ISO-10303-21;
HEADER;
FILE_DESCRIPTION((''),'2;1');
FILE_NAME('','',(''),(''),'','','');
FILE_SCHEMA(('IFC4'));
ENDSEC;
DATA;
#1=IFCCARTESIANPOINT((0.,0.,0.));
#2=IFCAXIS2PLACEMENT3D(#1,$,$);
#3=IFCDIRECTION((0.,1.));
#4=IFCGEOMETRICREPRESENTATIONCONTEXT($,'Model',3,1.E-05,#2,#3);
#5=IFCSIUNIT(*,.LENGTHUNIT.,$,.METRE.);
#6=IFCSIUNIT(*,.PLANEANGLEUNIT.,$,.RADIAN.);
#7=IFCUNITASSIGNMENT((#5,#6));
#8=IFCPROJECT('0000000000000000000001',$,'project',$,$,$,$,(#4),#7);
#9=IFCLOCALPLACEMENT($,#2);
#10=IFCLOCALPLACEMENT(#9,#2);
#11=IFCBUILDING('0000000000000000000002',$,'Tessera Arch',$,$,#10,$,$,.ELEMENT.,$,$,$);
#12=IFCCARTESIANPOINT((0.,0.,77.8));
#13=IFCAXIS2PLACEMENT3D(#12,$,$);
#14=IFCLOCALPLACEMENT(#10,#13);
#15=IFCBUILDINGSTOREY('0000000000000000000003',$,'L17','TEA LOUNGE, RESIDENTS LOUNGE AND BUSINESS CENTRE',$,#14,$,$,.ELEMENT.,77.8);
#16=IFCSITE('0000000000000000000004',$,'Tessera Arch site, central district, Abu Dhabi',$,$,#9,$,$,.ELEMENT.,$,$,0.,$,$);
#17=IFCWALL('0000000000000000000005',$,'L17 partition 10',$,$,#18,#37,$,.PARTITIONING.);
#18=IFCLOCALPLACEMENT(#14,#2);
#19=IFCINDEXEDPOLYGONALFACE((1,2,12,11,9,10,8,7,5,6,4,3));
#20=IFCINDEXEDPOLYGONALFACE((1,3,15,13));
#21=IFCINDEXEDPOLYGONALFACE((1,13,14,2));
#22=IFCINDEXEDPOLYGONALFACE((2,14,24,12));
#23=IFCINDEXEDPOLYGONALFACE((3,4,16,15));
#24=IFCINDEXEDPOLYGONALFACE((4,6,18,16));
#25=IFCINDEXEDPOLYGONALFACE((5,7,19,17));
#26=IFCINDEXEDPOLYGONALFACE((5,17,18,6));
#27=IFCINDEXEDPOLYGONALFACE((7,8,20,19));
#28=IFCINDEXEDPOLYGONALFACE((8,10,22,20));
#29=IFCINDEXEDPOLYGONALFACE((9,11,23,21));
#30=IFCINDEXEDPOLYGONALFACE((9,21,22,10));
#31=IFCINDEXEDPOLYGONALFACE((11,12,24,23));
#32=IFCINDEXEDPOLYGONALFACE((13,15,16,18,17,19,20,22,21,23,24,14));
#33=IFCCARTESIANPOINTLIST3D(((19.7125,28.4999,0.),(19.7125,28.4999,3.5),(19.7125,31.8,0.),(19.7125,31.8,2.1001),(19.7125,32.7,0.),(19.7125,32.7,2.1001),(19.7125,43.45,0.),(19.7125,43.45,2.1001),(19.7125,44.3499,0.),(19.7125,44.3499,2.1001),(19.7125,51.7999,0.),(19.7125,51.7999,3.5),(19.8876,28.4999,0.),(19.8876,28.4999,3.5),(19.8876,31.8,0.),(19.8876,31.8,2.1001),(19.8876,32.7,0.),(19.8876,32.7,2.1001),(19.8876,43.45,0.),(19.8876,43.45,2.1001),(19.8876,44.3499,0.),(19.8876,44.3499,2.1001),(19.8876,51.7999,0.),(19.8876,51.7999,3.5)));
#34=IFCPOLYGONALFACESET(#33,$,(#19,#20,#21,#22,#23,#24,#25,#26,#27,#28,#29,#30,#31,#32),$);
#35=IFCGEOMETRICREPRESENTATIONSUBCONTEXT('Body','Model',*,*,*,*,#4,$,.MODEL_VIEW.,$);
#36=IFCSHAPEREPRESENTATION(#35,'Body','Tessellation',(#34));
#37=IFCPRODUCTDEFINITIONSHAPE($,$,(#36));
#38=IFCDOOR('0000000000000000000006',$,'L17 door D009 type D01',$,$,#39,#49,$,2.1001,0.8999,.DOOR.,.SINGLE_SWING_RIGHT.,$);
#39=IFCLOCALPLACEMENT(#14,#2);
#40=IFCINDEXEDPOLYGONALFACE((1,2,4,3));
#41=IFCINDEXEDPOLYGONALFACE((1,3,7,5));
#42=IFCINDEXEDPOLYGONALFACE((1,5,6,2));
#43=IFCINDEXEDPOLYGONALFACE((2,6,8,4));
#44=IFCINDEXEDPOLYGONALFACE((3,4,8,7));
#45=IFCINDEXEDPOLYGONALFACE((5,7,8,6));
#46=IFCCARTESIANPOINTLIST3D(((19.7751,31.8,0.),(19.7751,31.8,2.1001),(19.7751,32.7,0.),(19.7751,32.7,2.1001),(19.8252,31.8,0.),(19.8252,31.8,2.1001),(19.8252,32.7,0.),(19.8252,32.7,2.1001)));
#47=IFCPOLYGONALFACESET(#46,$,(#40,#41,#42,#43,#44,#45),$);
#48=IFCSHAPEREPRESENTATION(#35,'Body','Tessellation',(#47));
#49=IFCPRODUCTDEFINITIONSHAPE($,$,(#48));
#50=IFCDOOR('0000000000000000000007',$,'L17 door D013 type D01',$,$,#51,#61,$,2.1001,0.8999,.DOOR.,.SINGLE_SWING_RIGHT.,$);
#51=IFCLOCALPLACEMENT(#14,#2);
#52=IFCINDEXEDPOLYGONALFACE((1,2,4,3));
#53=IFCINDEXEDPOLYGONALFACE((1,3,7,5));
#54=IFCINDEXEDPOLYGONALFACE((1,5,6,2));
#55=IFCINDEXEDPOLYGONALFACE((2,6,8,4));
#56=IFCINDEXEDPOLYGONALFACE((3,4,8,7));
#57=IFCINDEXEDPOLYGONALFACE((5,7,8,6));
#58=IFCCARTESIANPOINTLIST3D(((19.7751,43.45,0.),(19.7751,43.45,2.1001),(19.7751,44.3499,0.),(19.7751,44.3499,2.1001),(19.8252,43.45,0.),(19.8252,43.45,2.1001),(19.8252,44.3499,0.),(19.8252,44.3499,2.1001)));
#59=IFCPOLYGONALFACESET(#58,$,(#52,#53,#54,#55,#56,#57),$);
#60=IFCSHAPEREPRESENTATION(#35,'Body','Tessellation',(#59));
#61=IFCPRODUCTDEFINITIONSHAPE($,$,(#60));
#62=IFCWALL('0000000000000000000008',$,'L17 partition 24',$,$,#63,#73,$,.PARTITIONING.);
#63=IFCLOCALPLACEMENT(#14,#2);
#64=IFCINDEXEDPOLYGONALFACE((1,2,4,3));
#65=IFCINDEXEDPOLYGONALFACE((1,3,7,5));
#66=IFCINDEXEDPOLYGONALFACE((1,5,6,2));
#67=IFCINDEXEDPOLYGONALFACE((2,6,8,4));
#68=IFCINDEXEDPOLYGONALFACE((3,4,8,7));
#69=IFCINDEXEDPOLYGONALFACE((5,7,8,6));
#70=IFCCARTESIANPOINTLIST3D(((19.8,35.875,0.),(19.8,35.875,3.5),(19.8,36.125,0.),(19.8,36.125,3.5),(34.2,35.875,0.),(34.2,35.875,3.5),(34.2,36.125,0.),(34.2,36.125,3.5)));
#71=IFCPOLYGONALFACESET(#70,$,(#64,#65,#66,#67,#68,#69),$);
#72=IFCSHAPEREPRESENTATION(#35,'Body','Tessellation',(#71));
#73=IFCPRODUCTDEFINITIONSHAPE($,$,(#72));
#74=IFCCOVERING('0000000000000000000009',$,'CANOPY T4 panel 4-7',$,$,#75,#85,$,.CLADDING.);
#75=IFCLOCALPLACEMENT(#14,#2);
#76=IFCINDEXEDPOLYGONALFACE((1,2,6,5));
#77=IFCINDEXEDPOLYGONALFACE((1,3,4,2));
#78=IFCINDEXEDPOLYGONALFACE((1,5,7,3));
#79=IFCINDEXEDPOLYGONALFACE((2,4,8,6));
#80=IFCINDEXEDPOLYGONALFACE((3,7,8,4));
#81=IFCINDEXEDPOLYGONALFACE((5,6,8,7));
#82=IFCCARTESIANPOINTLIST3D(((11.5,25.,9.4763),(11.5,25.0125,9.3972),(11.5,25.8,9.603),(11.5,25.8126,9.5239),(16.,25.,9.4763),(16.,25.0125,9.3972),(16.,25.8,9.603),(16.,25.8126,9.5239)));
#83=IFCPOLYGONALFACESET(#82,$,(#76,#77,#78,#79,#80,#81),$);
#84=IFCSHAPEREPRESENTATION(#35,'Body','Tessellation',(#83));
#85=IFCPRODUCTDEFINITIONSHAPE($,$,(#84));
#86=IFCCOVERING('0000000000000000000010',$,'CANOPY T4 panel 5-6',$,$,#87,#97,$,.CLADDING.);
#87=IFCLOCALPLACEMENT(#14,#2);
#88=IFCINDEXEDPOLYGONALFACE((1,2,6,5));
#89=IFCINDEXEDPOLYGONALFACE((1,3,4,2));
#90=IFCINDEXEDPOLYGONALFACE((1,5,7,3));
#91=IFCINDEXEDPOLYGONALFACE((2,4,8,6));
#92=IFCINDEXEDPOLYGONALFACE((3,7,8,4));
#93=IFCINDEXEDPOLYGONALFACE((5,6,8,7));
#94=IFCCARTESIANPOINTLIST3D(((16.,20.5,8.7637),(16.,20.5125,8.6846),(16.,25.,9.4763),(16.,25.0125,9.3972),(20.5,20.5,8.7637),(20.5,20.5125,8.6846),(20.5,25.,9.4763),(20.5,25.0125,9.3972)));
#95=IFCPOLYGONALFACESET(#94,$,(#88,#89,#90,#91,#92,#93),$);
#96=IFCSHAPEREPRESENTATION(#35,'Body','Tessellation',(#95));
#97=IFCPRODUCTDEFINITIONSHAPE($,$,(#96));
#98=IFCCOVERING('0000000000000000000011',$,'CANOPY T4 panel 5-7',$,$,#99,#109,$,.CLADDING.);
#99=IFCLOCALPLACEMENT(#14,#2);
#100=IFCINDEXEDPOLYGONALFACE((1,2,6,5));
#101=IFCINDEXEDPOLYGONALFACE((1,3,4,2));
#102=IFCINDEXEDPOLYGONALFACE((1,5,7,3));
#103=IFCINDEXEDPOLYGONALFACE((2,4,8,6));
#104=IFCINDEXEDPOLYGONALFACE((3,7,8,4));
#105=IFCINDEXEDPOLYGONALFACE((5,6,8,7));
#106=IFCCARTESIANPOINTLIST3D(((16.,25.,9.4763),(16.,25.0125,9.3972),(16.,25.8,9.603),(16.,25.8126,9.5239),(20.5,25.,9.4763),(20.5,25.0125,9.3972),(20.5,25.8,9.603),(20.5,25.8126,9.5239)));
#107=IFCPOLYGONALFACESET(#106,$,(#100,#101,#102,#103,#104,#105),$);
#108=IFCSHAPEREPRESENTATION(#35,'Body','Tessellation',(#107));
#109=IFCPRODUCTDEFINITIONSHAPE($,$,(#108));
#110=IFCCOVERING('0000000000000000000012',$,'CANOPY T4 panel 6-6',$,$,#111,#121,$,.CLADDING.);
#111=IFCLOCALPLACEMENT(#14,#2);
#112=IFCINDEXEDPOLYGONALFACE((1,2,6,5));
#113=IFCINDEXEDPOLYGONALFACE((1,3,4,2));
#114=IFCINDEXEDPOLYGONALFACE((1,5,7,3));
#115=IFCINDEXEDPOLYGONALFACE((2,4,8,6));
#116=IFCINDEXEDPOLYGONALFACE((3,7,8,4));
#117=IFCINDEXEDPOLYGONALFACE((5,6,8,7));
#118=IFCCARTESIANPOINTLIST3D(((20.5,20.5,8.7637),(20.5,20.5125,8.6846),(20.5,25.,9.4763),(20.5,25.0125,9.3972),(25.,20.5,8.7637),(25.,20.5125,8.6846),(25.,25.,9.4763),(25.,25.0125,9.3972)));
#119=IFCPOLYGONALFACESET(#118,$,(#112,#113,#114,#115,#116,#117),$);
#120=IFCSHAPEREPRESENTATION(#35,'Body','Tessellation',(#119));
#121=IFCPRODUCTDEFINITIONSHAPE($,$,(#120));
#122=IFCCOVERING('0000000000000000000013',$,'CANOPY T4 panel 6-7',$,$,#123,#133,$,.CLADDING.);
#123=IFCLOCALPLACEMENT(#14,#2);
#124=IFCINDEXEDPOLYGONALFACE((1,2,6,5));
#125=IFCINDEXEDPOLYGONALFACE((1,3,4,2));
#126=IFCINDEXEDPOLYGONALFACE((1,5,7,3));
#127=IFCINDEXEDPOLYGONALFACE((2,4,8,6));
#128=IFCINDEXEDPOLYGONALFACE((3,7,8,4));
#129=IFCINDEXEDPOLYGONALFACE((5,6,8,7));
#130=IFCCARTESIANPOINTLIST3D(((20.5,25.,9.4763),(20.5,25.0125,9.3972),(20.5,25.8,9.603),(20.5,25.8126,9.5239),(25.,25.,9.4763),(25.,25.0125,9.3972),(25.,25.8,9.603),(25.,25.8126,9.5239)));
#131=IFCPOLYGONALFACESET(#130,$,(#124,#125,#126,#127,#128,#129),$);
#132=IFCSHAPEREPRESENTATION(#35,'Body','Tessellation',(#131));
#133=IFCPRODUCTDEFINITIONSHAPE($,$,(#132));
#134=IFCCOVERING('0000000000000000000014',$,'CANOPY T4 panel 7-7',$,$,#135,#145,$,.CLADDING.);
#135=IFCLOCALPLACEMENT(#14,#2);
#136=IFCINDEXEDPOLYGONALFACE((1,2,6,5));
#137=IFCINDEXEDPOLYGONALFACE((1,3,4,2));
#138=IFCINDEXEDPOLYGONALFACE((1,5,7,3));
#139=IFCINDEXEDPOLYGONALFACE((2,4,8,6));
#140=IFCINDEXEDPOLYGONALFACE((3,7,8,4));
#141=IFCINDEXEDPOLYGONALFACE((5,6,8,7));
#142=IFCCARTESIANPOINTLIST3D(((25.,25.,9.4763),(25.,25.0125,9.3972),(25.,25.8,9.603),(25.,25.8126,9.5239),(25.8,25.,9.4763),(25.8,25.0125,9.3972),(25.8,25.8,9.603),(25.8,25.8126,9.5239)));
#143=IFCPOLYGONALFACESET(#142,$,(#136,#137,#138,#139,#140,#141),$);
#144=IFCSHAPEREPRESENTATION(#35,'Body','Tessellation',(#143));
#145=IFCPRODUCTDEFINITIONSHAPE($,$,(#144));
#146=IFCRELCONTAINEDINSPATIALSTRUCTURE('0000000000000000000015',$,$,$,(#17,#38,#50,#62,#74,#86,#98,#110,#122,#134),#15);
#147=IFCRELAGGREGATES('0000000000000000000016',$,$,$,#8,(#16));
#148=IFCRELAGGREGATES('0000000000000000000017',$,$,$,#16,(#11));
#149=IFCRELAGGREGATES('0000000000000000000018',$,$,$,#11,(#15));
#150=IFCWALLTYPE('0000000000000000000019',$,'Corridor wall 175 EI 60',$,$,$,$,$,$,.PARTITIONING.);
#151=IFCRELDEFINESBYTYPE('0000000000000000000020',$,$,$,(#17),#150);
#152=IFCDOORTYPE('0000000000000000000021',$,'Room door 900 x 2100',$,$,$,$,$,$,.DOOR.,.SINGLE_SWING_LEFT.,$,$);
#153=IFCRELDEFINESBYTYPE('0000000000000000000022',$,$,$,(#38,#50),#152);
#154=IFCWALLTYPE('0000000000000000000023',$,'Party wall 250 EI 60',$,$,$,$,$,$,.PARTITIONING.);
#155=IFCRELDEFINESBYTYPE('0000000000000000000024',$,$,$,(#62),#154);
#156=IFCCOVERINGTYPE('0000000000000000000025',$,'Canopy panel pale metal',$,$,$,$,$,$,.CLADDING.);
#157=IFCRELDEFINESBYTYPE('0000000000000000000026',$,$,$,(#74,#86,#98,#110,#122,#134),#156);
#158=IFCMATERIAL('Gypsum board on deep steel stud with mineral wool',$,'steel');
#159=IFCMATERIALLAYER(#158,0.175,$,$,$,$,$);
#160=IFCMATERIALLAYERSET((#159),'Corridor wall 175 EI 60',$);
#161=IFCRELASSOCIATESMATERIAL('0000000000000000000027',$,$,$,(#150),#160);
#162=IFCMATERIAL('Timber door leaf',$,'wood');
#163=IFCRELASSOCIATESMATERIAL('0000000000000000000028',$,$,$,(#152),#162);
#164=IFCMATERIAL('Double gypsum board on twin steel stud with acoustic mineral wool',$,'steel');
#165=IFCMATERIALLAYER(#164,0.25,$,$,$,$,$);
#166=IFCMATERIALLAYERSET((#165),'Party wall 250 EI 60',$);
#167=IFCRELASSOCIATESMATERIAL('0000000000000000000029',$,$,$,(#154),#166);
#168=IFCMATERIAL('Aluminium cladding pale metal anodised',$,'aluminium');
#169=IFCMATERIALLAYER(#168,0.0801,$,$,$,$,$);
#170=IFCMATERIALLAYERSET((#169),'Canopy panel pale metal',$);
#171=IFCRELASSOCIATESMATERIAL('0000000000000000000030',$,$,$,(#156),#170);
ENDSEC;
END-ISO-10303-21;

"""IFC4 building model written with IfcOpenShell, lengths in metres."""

from ifc_helpers import new_model, si_unit, direction, frame, frame_2d, origin, place, context, subcontext, project, spatial, polyline, rectangle, outline, extrude, material, layer, layer_set, type_object, element, fill, save


model = new_model("IFC4")

# Units and contexts
model_context = context("Model", 3, precision=1e-05, world=origin(), true_north=direction((0.0, 1.0)))
body_context = subcontext(model_context, "Body", "Model", "MODEL_VIEW")
ifc_project = project(units=[si_unit("LENGTHUNIT", "METRE"), si_unit("PLANEANGLEUNIT", "RADIAN")], contexts=[model_context])

# Site, building, storey
site_placement = place(None, origin())
site = spatial("IfcSite", under=ifc_project, at=site_placement, Name="Tessera Arch site, central district, Abu Dhabi", CompositionType="ELEMENT", RefElevation=0.0)
building_placement = place(site_placement, origin())
building = spatial("IfcBuilding", under=site, at=building_placement, Name="Tessera Arch", CompositionType="ELEMENT")
storey_placement = place(building_placement, frame((0.0, 0.0, 77.8)))
storey = spatial("IfcBuildingStorey", under=building, at=storey_placement, Name="L17", Description="TEA LOUNGE, RESIDENTS LOUNGE AND BUSINESS CENTRE", CompositionType="ELEMENT", Elevation=77.8)

# Wall, openings, doors
ifc_material_1 = material(Name="Gypsum board on deep steel stud with mineral wool", Category="steel")
ifc_layer_1 = layer(ifc_material_1, 0.175)
ifc_layer_set_1 = layer_set([ifc_layer_1], Name="Corridor wall 175 EI 60")
wall_type_1 = type_object("IfcWallType", Name="Corridor wall 175 EI 60", PredefinedType="PARTITIONING", material=ifc_layer_set_1)
wall_1_placement = place(storey_placement, frame((19.8, 28.5, 0.0), z_axis=(0.0, 0.0, 1.0), x_axis=(0.0, 1.0, 0.0)))
wall_1 = element("IfcWall", 1, at=wall_1_placement, inside=storey, type_object=wall_type_1, Name="L17 partition 10", PredefinedType="PARTITIONING", context=body_context, shape_type="SweptSolid", body=[
    extrude(rectangle(XDim=23.3, YDim=0.175, at=frame_2d((11.6499, 0.0))), origin(), (0.0, 0.0, 1.0), 3.5),
])
opening_1_placement = place(wall_1_placement, frame((3.3, 0.0, 0.0)))
opening_1 = element("IfcOpeningElement", 2, at=opening_1_placement, cuts=wall_1, PredefinedType="OPENING", context=body_context, shape_type="SweptSolid", body=[
    extrude(rectangle(XDim=0.8999, YDim=2.1001, at=frame_2d((0.45, 1.05))), frame((0.0, 0.0974, 0.0), z_axis=(0.0, -1.0, 0.0), x_axis=(1.0, 0.0, 0.0)), (0.0, 0.0, 1.0), 0.1951),
])
opening_2_placement = place(wall_1_placement, frame((14.95, 0.0, 0.0)))
opening_2 = element("IfcOpeningElement", 3, at=opening_2_placement, cuts=wall_1, PredefinedType="OPENING", context=body_context, shape_type="SweptSolid", body=[
    extrude(rectangle(XDim=0.8999, YDim=2.1001, at=frame_2d((0.45, 1.05))), frame((0.0, 0.0974, 0.0), z_axis=(0.0, -1.0, 0.0), x_axis=(1.0, 0.0, 0.0)), (0.0, 0.0, 1.0), 0.1951),
])
ifc_material_2 = material(Name="Timber door leaf", Category="wood")
door_type = type_object("IfcDoorType", Name="Room door 900 x 2100", OperationType="SINGLE_SWING_LEFT", PredefinedType="DOOR", material=ifc_material_2)
door_1_placement = place(opening_1_placement, origin())
door_1 = element("IfcDoor", 4, at=door_1_placement, inside=storey, type_object=door_type, Name="L17 door D009 type D01", OperationType="SINGLE_SWING_RIGHT", OverallHeight=2.1001, OverallWidth=0.8999, PredefinedType="DOOR", context=body_context, shape_type="SweptSolid", body=[
    extrude(rectangle(XDim=0.8999, YDim=2.1001, at=frame_2d((0.45, 1.05))), frame((0.0, 0.0249, 0.0), z_axis=(0.0, -1.0, 0.0), x_axis=(1.0, 0.0, 0.0)), (0.0, 0.0, 1.0), 0.05),
])
fill(opening_1, door_1)
door_2_placement = place(opening_2_placement, origin())
door_2 = element("IfcDoor", 5, at=door_2_placement, inside=storey, type_object=door_type, Name="L17 door D013 type D01", OperationType="SINGLE_SWING_RIGHT", OverallHeight=2.1001, OverallWidth=0.8999, PredefinedType="DOOR", context=body_context, shape_type="SweptSolid", body=[
    extrude(rectangle(XDim=0.8999, YDim=2.1001, at=frame_2d((0.45, 1.05))), frame((0.0, 0.0249, 0.0), z_axis=(0.0, -1.0, 0.0), x_axis=(1.0, 0.0, 0.0)), (0.0, 0.0, 1.0), 0.05),
])
fill(opening_2, door_2)

# Wall
ifc_material_3 = material(Name="Double gypsum board on twin steel stud with acoustic mineral wool", Category="steel")
ifc_layer_2 = layer(ifc_material_3, 0.25)
ifc_layer_set_2 = layer_set([ifc_layer_2], Name="Party wall 250 EI 60")
wall_type_2 = type_object("IfcWallType", Name="Party wall 250 EI 60", PredefinedType="PARTITIONING", material=ifc_layer_set_2)
wall_2_placement = place(storey_placement, frame((19.8, 36.0, 0.0), z_axis=(0.0, 0.0, 1.0), x_axis=(1.0, 0.0, 0.0)))
element("IfcWall", 6, at=wall_2_placement, inside=storey, type_object=wall_type_2, Name="L17 partition 24", PredefinedType="PARTITIONING", context=body_context, shape_type="SweptSolid", body=[
    extrude(rectangle(XDim=14.3999, YDim=0.25, at=frame_2d((7.2, 0.0))), origin(), (0.0, 0.0, 1.0), 3.5),
])

# Coverings
ifc_material_4 = material(Name="Aluminium cladding pale metal anodised", Category="aluminium")
ifc_layer_3 = layer(ifc_material_4, 0.0801)
ifc_layer_set_3 = layer_set([ifc_layer_3], Name="Canopy panel pale metal")
covering_type = type_object("IfcCoveringType", Name="Canopy panel pale metal", PredefinedType="CLADDING", material=ifc_layer_set_3)
covering_1_placement = place(storey_placement, frame((11.5, 25.8, 9.603), z_axis=(0.0, -0.156427, 0.98769), x_axis=(0.0, -0.98769, -0.156427)))
element("IfcCovering", 7, at=covering_1_placement, inside=storey, type_object=covering_type, Name="CANOPY T4 panel 4-7", PredefinedType="CLADDING", context=body_context, shape_type="SweptSolid", body=[
    extrude(outline(polyline([(0.0, 0.0), (0.81, 0.0), (0.81, 4.5), (0.0, 4.5), (0.0, 0.0)])), origin(), (0.0, 0.0, -1.0), 0.0801),
])
covering_2_placement = place(storey_placement, frame((20.5, 20.5, 8.7637), z_axis=(0.0, -0.156417, 0.987691), x_axis=(0.0, 0.987691, 0.156417)))
element("IfcCovering", 8, at=covering_2_placement, inside=storey, type_object=covering_type, Name="CANOPY T4 panel 5-6", PredefinedType="CLADDING", context=body_context, shape_type="SweptSolid", body=[
    extrude(outline(polyline([(0.0, 0.0), (4.5561, 0.0), (4.5561, 4.5), (0.0, 4.5), (0.0, 0.0)])), origin(), (0.0, 0.0, -1.0), 0.0801),
])
covering_3_placement = place(storey_placement, frame((16.0, 25.8, 9.603), z_axis=(0.0, -0.156427, 0.98769), x_axis=(0.0, -0.98769, -0.156427)))
element("IfcCovering", 9, at=covering_3_placement, inside=storey, type_object=covering_type, Name="CANOPY T4 panel 5-7", PredefinedType="CLADDING", context=body_context, shape_type="SweptSolid", body=[
    extrude(outline(polyline([(0.0, 0.0), (0.81, 0.0), (0.81, 4.5), (0.0, 4.5), (0.0, 0.0)])), origin(), (0.0, 0.0, -1.0), 0.0801),
])
covering_4_placement = place(storey_placement, frame((25.0, 20.5, 8.7637), z_axis=(0.0, -0.156417, 0.987691), x_axis=(0.0, 0.987691, 0.156417)))
element("IfcCovering", 10, at=covering_4_placement, inside=storey, type_object=covering_type, Name="CANOPY T4 panel 6-6", PredefinedType="CLADDING", context=body_context, shape_type="SweptSolid", body=[
    extrude(outline(polyline([(0.0, 0.0), (4.5561, 0.0), (4.5561, 4.5), (0.0, 4.5), (0.0, 0.0)])), origin(), (0.0, 0.0, -1.0), 0.0801),
])
covering_5_placement = place(storey_placement, frame((20.5, 25.8, 9.603), z_axis=(0.0, -0.156427, 0.98769), x_axis=(0.0, -0.98769, -0.156427)))
element("IfcCovering", 11, at=covering_5_placement, inside=storey, type_object=covering_type, Name="CANOPY T4 panel 6-7", PredefinedType="CLADDING", context=body_context, shape_type="SweptSolid", body=[
    extrude(outline(polyline([(0.0, 0.0), (0.81, 0.0), (0.81, 4.5), (0.0, 4.5), (0.0, 0.0)])), origin(), (0.0, 0.0, -1.0), 0.0801),
])
covering_6_placement = place(storey_placement, frame((25.0, 25.8, 9.603), z_axis=(0.0, -0.156427, 0.98769), x_axis=(0.0, -0.98769, -0.156427)))
element("IfcCovering", 12, at=covering_6_placement, inside=storey, type_object=covering_type, Name="CANOPY T4 panel 7-7", PredefinedType="CLADDING", context=body_context, shape_type="SweptSolid", body=[
    extrude(outline(polyline([(0.0, 0.0), (0.81, 0.0), (0.81, 0.8), (0.0, 0.8), (0.0, 0.0)])), origin(), (0.0, 0.0, -1.0), 0.0801),
])

save(model, "model.ifc")
